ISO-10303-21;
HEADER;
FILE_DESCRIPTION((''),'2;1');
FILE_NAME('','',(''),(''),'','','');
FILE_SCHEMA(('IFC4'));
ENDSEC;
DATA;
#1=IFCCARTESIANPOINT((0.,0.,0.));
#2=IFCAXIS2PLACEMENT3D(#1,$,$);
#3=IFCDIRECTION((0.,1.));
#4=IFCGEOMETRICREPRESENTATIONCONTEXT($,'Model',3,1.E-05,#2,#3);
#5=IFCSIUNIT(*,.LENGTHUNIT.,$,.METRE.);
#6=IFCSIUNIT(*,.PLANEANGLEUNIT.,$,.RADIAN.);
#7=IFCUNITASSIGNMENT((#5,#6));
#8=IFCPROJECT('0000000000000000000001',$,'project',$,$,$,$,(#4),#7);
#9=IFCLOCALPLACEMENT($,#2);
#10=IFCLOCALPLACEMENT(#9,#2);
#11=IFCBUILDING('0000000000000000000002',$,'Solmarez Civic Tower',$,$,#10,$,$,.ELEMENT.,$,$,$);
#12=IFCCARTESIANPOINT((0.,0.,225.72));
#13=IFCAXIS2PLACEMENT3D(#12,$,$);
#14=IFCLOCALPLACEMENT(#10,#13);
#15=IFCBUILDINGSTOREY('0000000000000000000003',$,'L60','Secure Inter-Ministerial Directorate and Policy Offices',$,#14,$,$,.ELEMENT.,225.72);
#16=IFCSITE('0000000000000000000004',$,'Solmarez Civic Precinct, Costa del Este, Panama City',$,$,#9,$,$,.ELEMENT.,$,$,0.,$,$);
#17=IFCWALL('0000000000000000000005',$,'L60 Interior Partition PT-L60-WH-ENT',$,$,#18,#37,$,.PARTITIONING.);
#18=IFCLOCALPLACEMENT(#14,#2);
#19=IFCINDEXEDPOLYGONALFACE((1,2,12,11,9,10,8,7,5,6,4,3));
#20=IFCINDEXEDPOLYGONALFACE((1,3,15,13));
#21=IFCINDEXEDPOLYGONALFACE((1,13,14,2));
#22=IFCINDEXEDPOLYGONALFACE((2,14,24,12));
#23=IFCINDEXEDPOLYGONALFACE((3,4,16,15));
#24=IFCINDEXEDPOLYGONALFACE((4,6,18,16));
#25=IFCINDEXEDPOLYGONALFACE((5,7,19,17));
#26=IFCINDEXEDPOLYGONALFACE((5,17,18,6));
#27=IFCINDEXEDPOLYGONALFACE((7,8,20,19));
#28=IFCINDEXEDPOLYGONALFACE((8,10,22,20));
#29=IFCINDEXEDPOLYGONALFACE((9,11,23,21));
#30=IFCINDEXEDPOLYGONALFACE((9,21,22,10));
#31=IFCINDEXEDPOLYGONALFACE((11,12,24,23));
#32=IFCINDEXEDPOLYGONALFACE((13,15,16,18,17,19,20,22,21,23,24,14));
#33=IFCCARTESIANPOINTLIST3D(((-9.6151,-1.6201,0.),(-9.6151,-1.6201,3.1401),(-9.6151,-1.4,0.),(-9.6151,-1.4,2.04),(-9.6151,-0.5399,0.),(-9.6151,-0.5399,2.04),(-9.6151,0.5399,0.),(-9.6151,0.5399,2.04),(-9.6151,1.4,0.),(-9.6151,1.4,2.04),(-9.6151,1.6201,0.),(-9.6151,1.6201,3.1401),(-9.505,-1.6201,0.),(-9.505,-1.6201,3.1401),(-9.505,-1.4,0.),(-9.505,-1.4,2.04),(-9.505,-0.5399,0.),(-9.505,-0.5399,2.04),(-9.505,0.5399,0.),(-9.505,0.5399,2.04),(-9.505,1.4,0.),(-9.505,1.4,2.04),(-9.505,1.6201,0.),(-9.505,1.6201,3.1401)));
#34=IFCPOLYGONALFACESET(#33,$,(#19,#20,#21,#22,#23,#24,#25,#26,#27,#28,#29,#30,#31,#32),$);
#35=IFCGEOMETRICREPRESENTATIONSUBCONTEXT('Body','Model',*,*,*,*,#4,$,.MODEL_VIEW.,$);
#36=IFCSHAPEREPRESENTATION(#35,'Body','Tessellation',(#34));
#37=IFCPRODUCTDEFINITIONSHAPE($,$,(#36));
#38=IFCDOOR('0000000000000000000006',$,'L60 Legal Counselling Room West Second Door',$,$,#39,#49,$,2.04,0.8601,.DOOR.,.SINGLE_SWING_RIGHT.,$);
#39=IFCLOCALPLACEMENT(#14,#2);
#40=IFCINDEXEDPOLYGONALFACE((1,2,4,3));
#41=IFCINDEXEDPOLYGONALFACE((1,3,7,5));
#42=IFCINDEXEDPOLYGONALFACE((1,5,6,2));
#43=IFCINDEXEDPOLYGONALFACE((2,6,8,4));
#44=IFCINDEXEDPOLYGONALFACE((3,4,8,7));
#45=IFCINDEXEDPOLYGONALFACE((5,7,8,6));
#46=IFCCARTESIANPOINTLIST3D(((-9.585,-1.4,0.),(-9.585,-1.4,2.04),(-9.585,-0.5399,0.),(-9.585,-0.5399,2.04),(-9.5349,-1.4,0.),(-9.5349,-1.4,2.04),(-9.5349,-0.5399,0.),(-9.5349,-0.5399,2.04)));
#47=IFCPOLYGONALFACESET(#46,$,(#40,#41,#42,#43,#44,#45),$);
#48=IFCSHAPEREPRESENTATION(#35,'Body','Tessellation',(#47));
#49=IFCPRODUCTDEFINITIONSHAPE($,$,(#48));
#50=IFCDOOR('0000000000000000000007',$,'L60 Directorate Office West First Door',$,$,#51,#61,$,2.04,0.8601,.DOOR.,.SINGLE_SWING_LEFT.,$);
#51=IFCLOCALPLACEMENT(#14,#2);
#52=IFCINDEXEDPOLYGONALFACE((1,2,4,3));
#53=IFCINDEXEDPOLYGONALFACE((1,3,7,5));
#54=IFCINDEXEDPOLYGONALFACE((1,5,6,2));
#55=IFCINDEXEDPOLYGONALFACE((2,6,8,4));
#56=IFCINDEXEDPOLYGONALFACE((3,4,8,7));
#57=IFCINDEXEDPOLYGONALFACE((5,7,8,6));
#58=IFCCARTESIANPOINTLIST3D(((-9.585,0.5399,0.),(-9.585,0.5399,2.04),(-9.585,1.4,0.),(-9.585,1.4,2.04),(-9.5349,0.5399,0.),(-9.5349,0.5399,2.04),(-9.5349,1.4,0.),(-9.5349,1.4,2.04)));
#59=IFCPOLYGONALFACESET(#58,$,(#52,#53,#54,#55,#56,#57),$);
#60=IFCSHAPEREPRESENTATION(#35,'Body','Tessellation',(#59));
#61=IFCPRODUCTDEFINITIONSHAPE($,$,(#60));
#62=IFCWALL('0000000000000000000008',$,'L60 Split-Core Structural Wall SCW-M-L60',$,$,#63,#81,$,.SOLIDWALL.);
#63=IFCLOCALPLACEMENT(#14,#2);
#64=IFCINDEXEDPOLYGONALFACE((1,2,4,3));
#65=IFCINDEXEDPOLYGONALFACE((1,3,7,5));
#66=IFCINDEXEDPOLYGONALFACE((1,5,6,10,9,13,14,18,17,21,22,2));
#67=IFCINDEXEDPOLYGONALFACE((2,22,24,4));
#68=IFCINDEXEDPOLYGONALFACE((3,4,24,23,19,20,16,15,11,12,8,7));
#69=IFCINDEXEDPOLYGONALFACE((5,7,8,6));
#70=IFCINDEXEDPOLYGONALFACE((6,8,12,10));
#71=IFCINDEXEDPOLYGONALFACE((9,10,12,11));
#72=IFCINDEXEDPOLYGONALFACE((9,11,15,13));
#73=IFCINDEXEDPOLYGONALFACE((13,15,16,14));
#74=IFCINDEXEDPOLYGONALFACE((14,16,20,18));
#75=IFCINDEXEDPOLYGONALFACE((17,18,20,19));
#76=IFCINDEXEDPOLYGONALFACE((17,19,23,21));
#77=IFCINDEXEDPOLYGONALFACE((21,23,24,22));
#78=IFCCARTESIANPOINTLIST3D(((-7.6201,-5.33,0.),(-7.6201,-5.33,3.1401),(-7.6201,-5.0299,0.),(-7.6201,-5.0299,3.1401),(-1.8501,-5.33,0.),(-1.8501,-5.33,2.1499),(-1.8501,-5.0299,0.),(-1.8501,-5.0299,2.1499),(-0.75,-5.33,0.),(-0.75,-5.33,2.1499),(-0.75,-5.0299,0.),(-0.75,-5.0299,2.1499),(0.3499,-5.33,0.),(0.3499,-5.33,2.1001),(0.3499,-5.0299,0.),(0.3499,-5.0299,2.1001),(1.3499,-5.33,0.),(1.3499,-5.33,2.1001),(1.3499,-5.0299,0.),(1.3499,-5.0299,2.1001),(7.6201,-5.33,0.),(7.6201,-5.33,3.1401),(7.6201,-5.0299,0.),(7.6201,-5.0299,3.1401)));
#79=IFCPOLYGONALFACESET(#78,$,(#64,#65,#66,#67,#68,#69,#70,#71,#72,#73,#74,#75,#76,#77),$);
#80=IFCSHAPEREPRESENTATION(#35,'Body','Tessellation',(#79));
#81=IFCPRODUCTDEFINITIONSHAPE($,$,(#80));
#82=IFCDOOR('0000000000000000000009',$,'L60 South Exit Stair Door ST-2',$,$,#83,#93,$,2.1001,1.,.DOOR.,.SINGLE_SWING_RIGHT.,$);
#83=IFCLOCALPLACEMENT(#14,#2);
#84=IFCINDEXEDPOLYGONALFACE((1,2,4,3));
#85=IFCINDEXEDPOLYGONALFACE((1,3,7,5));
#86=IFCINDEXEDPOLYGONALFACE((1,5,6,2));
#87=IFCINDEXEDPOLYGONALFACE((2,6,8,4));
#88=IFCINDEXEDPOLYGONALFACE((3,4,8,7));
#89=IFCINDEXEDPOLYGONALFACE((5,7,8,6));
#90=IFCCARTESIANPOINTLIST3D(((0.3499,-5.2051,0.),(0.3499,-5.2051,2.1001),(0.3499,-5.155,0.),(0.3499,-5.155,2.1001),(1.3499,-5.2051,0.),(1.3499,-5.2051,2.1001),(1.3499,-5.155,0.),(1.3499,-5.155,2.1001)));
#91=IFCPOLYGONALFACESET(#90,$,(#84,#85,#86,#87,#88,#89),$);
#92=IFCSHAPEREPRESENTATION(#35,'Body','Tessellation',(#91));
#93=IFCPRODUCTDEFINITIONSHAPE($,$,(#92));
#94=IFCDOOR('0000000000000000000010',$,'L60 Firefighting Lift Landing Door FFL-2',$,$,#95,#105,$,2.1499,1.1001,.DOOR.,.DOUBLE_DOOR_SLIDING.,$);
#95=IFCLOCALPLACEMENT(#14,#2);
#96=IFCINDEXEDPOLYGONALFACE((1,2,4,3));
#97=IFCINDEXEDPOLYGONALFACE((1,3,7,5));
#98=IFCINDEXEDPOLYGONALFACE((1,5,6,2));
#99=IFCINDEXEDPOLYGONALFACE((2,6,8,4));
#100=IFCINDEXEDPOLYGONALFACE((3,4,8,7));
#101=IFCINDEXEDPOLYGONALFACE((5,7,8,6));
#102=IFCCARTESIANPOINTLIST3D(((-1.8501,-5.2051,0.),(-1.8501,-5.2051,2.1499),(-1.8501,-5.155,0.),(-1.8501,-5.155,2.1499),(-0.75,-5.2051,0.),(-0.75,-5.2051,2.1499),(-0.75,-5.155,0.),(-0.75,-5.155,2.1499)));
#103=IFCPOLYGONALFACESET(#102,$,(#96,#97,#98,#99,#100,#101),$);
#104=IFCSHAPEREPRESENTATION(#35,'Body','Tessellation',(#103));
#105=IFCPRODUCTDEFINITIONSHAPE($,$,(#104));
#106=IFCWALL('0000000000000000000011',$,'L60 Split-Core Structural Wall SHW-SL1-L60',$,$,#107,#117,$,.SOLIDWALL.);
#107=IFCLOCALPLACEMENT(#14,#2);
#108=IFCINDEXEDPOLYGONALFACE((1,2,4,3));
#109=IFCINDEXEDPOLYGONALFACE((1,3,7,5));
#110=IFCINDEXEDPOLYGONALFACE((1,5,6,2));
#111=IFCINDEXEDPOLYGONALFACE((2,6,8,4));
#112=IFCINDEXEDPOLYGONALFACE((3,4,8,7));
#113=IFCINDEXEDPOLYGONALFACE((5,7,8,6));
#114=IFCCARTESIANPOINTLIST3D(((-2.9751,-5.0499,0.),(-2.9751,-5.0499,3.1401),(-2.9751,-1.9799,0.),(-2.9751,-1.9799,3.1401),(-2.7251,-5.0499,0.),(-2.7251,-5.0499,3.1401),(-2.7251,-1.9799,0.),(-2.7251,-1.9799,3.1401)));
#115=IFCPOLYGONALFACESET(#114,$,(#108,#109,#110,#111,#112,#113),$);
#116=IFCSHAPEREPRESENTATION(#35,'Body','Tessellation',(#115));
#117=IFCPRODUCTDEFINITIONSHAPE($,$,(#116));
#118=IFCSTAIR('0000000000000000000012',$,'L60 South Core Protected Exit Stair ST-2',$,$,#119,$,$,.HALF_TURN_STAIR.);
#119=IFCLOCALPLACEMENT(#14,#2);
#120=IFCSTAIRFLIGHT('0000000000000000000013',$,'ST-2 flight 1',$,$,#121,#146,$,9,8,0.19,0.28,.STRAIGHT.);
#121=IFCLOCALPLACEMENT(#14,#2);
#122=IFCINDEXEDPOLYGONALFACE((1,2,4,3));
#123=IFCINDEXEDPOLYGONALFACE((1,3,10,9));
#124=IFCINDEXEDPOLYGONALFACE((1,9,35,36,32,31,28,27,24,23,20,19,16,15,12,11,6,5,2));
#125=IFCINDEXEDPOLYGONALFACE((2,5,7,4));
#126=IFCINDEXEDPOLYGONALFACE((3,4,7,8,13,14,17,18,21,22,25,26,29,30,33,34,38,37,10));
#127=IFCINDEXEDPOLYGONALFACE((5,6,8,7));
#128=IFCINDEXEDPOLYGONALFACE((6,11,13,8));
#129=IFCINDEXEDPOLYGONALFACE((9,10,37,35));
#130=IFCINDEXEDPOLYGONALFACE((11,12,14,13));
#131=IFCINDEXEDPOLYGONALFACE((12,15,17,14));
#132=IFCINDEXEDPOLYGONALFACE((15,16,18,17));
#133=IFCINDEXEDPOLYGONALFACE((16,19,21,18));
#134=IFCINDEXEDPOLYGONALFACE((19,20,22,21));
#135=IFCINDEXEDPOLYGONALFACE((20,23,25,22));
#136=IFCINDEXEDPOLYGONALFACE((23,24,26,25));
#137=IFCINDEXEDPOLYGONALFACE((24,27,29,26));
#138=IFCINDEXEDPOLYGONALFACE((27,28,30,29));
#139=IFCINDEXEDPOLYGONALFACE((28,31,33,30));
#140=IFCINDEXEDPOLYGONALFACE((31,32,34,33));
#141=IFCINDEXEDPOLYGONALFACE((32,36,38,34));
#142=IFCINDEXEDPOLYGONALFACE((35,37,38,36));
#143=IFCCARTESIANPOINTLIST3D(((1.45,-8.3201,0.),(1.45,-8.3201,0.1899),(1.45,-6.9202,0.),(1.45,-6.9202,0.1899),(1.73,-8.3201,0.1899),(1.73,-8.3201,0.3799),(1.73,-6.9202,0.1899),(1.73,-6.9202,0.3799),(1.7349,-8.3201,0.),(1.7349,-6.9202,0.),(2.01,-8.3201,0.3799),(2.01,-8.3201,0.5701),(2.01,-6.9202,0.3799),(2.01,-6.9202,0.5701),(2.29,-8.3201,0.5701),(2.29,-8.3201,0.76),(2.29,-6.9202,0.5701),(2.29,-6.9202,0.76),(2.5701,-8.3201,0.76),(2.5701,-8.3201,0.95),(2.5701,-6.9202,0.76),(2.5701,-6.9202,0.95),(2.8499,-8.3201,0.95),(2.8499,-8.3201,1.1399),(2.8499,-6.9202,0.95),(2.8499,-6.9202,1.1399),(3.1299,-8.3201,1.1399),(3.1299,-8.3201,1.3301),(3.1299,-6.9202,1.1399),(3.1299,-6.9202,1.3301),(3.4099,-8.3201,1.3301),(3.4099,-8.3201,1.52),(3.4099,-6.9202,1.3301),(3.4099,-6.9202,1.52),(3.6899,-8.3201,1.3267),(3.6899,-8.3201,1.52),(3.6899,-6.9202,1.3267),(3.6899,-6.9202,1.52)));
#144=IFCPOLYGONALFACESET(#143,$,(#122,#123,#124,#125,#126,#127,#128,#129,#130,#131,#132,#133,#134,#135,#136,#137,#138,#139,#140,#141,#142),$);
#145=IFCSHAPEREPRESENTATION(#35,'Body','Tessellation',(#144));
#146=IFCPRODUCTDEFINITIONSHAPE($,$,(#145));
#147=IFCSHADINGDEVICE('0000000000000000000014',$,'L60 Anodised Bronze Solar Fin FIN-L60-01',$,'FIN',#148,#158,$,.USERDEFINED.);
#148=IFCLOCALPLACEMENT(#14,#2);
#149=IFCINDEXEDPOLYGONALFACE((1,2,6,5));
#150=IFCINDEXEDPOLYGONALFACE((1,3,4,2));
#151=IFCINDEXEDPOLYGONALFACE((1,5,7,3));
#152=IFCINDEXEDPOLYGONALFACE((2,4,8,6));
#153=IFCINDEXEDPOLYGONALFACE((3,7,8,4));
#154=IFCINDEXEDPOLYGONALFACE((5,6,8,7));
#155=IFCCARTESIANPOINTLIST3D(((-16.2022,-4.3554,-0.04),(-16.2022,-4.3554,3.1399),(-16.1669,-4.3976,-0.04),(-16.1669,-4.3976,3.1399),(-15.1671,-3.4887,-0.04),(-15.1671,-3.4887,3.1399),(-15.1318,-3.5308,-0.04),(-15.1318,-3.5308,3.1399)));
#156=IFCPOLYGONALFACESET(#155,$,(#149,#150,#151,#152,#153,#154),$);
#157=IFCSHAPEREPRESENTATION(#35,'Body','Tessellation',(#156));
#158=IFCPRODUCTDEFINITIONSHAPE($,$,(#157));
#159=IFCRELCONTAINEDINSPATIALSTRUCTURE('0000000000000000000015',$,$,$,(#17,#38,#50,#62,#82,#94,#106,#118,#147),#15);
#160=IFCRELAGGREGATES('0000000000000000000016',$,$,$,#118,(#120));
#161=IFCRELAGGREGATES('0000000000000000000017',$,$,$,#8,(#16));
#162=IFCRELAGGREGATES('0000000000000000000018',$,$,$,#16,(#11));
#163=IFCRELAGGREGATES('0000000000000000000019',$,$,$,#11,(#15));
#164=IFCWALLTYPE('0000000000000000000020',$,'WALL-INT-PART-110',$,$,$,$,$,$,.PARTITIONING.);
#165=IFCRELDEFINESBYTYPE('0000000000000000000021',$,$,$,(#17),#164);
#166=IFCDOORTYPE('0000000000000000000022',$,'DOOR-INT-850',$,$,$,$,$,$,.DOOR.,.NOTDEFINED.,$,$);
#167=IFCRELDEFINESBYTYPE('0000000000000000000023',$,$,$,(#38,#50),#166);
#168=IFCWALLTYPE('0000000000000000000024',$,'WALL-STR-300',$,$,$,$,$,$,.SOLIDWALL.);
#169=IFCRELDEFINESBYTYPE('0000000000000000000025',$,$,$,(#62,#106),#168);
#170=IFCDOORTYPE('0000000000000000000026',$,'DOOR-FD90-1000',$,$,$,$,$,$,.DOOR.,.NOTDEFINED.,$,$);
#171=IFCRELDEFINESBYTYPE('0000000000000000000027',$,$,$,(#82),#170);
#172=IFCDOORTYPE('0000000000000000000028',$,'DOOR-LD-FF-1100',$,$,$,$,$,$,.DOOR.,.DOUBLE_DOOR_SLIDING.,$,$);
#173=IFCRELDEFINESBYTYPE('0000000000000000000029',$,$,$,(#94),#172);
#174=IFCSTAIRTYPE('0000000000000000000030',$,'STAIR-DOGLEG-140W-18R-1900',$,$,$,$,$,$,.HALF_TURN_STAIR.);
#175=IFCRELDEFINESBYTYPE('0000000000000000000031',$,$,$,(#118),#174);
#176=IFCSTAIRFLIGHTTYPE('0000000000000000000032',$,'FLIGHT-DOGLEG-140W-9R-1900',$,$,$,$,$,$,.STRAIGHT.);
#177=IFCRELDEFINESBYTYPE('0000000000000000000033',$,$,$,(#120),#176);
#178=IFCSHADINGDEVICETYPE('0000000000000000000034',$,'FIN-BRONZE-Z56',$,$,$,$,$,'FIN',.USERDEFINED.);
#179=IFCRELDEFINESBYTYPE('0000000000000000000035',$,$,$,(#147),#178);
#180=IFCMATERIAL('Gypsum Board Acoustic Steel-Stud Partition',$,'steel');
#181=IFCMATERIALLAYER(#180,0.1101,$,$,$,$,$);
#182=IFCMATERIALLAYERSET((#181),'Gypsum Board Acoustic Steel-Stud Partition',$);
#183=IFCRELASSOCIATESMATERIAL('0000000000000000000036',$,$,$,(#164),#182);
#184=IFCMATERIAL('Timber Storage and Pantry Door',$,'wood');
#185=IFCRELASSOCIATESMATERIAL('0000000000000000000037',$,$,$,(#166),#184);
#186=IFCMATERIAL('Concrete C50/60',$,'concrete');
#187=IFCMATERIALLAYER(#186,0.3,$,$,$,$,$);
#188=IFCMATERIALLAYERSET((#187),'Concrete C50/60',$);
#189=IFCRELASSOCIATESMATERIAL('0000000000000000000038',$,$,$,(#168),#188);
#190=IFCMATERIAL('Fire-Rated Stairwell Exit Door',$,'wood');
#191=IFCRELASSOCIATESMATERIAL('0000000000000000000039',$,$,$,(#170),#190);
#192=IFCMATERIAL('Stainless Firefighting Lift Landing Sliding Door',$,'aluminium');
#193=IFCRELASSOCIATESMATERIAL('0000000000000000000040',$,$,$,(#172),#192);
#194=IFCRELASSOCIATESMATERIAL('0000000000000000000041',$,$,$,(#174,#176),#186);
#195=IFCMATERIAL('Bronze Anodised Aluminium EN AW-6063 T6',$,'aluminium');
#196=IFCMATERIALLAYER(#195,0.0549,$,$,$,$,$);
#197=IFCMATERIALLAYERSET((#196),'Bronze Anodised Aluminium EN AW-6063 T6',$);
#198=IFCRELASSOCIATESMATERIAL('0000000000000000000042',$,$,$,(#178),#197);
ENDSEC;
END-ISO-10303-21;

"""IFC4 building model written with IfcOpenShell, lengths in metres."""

from ifc_helpers import new_model, si_unit, direction, frame, frame_2d, origin, origin_2d, place, context, subcontext, project, spatial, polyline, rectangle, outline, extrude, material, layer, layer_set, type_object, element, fill, aggregate, save


model = new_model("IFC4")

# Units and contexts
model_context = context("Model", 3, precision=1e-05, world=origin(), true_north=direction((0.0, 1.0)))
body_context = subcontext(model_context, "Body", "Model", "MODEL_VIEW")
ifc_project = project(units=[si_unit("LENGTHUNIT", "METRE"), si_unit("PLANEANGLEUNIT", "RADIAN")], contexts=[model_context])

# Site, building, storey
site_placement = place(None, origin())
site = spatial("IfcSite", under=ifc_project, at=site_placement, Name="Solmarez Civic Precinct, Costa del Este, Panama City", CompositionType="ELEMENT", RefElevation=0.0)
building_placement = place(site_placement, origin())
building = spatial("IfcBuilding", under=site, at=building_placement, Name="Solmarez Civic Tower", CompositionType="ELEMENT")
storey_placement = place(building_placement, frame((0.0, 0.0, 225.72)))
storey = spatial("IfcBuildingStorey", under=building, at=storey_placement, Name="L60", Description="Secure Inter-Ministerial Directorate and Policy Offices", CompositionType="ELEMENT", Elevation=225.72)

# Shared definitions
ifc_material_1 = material(Name="Concrete C50/60", Category="concrete")

# Shared definitions
ifc_material_2 = material(Name="Gypsum Board Acoustic Steel-Stud Partition", Category="steel")

# Walls, openings, doors
ifc_layer_1 = layer(ifc_material_2, 0.1101)
ifc_layer_set_1 = layer_set([ifc_layer_1], Name="Gypsum Board Acoustic Steel-Stud Partition")
wall_type_1 = type_object("IfcWallType", Name="WALL-INT-PART-110", PredefinedType="PARTITIONING", material=ifc_layer_set_1)
wall_1_placement = place(storey_placement, frame((-9.5601, -1.6201, 0.0), z_axis=(0.0, 0.0, 1.0), x_axis=(0.0, 1.0, 0.0)))
wall_1 = element("IfcWall", 1, at=wall_1_placement, inside=storey, type_object=wall_type_1, Name="L60 Interior Partition PT-L60-WH-ENT", PredefinedType="PARTITIONING", context=body_context, shape_type="SweptSolid", body=[
    extrude(rectangle(XDim=3.2402, YDim=0.1101, at=frame_2d((1.6201, 0.0))), origin(), (0.0, 0.0, 1.0), 3.1401),
])
opening_1_placement = place(wall_1_placement, frame((0.22, 0.0, 0.0)))
opening_1 = element("IfcOpeningElement", 2, at=opening_1_placement, cuts=wall_1, PredefinedType="OPENING", context=body_context, shape_type="SweptSolid", body=[
    extrude(rectangle(XDim=0.8601, YDim=2.04, at=frame_2d((0.4302, 1.02))), frame((0.0, 0.0649, 0.0), z_axis=(0.0, -1.0, 0.0), x_axis=(1.0, 0.0, 0.0)), (0.0, 0.0, 1.0), 0.1301),
])
opening_2_placement = place(wall_1_placement, frame((2.1599, 0.0, 0.0)))
opening_2 = element("IfcOpeningElement", 3, at=opening_2_placement, cuts=wall_1, PredefinedType="OPENING", context=body_context, shape_type="SweptSolid", body=[
    extrude(rectangle(XDim=0.8601, YDim=2.04, at=frame_2d((0.4302, 1.02))), frame((0.0, 0.0649, 0.0), z_axis=(0.0, -1.0, 0.0), x_axis=(1.0, 0.0, 0.0)), (0.0, 0.0, 1.0), 0.1301),
])
ifc_material_3 = material(Name="Timber Storage and Pantry Door", Category="wood")
door_type_1 = type_object("IfcDoorType", Name="DOOR-INT-850", OperationType="NOTDEFINED", PredefinedType="DOOR", material=ifc_material_3)
door_1_placement = place(opening_1_placement, origin())
door_1 = element("IfcDoor", 4, at=door_1_placement, inside=storey, type_object=door_type_1, Name="L60 Legal Counselling Room West Second Door", OperationType="SINGLE_SWING_RIGHT", OverallHeight=2.04, OverallWidth=0.8601, PredefinedType="DOOR", context=body_context, shape_type="SweptSolid", body=[
    extrude(rectangle(XDim=0.8601, YDim=2.04, at=frame_2d((0.4302, 1.02))), frame((0.0, 0.0249, 0.0), z_axis=(0.0, -1.0, 0.0), x_axis=(1.0, 0.0, 0.0)), (0.0, 0.0, 1.0), 0.05),
])
fill(opening_1, door_1)
door_2_placement = place(opening_2_placement, origin())
door_2 = element("IfcDoor", 5, at=door_2_placement, inside=storey, type_object=door_type_1, Name="L60 Directorate Office West First Door", OperationType="SINGLE_SWING_LEFT", OverallHeight=2.04, OverallWidth=0.8601, PredefinedType="DOOR", context=body_context, shape_type="SweptSolid", body=[
    extrude(rectangle(XDim=0.8601, YDim=2.04, at=frame_2d((0.4302, 1.02))), frame((0.0, 0.0249, 0.0), z_axis=(0.0, -1.0, 0.0), x_axis=(1.0, 0.0, 0.0)), (0.0, 0.0, 1.0), 0.05),
])
fill(opening_2, door_2)
ifc_layer_2 = layer(ifc_material_1, 0.3)
ifc_layer_set_2 = layer_set([ifc_layer_2], Name="Concrete C50/60")
wall_type_2 = type_object("IfcWallType", Name="WALL-STR-300", PredefinedType="SOLIDWALL", material=ifc_layer_set_2)
wall_2_placement = place(storey_placement, frame((-7.6201, -5.1799, 0.0), z_axis=(0.0, 0.0, 1.0), x_axis=(1.0, 0.0, 0.0)))
wall_2 = element("IfcWall", 6, at=wall_2_placement, inside=storey, type_object=wall_type_2, Name="L60 Split-Core Structural Wall SCW-M-L60", PredefinedType="SOLIDWALL", context=body_context, shape_type="SweptSolid", body=[
    extrude(rectangle(XDim=15.2402, YDim=0.3, at=frame_2d((7.6201, 0.0))), origin(), (0.0, 0.0, 1.0), 3.1401),
])
opening_3_placement = place(wall_2_placement, frame((5.77, 0.0, 0.0)))
opening_3 = element("IfcOpeningElement", 7, at=opening_3_placement, cuts=wall_2, PredefinedType="OPENING", context=body_context, shape_type="SweptSolid", body=[
    extrude(rectangle(XDim=1.1001, YDim=2.1499, at=frame_2d((0.55, 1.075))), frame((0.0, 0.1599, 0.0), z_axis=(0.0, -1.0, 0.0), x_axis=(1.0, 0.0, 0.0)), (0.0, 0.0, 1.0), 0.3201),
])
opening_4_placement = place(wall_2_placement, frame((7.97, 0.0, 0.0)))
opening_4 = element("IfcOpeningElement", 8, at=opening_4_placement, cuts=wall_2, PredefinedType="OPENING", context=body_context, shape_type="SweptSolid", body=[
    extrude(rectangle(XDim=1.0, YDim=2.1001, at=frame_2d((0.5, 1.05))), frame((0.0, 0.1599, 0.0), z_axis=(0.0, -1.0, 0.0), x_axis=(1.0, 0.0, 0.0)), (0.0, 0.0, 1.0), 0.3201),
])
ifc_material_4 = material(Name="Fire-Rated Stairwell Exit Door", Category="wood")
door_type_2 = type_object("IfcDoorType", Name="DOOR-FD90-1000", OperationType="NOTDEFINED", PredefinedType="DOOR", material=ifc_material_4)
door_3_placement = place(opening_4_placement, origin())
door_3 = element("IfcDoor", 9, at=door_3_placement, inside=storey, type_object=door_type_2, Name="L60 South Exit Stair Door ST-2", OperationType="SINGLE_SWING_RIGHT", OverallHeight=2.1001, OverallWidth=1.0, PredefinedType="DOOR", context=body_context, shape_type="SweptSolid", body=[
    extrude(rectangle(XDim=1.0, YDim=2.1001, at=frame_2d((0.5, 1.05))), frame((0.0, 0.0249, 0.0), z_axis=(0.0, -1.0, 0.0), x_axis=(1.0, 0.0, 0.0)), (0.0, 0.0, 1.0), 0.05),
])
fill(opening_4, door_3)
ifc_material_5 = material(Name="Stainless Firefighting Lift Landing Sliding Door", Category="aluminium")
door_type_3 = type_object("IfcDoorType", Name="DOOR-LD-FF-1100", OperationType="DOUBLE_DOOR_SLIDING", PredefinedType="DOOR", material=ifc_material_5)
door_4_placement = place(opening_3_placement, origin())
door_4 = element("IfcDoor", 10, at=door_4_placement, inside=storey, type_object=door_type_3, Name="L60 Firefighting Lift Landing Door FFL-2", OperationType="DOUBLE_DOOR_SLIDING", OverallHeight=2.1499, OverallWidth=1.1001, PredefinedType="DOOR", context=body_context, shape_type="SweptSolid", body=[
    extrude(rectangle(XDim=1.1001, YDim=2.1499, at=frame_2d((0.55, 1.075))), frame((0.0, 0.0249, 0.0), z_axis=(0.0, -1.0, 0.0), x_axis=(1.0, 0.0, 0.0)), (0.0, 0.0, 1.0), 0.05),
])
fill(opening_3, door_4)

# Wall
wall_3_placement = place(storey_placement, frame((-2.8501, -5.05, 0.0), z_axis=(0.0, 0.0, 1.0), x_axis=(0.0, 1.0, 0.0)))
element("IfcWall", 11, at=wall_3_placement, inside=storey, type_object=wall_type_2, Name="L60 Split-Core Structural Wall SHW-SL1-L60", PredefinedType="SOLIDWALL", context=body_context, shape_type="SweptSolid", body=[
    extrude(rectangle(XDim=3.0701, YDim=0.25, at=frame_2d((1.5352, 0.0))), origin(), (0.0, 0.0, 1.0), 3.1401),
])

# Stair, stair flight
stair_type = type_object("IfcStairType", Name="STAIR-DOGLEG-140W-18R-1900", PredefinedType="HALF_TURN_STAIR", material=ifc_material_1)
stair_placement = place(storey_placement, origin())
stair = element("IfcStair", 12, at=stair_placement, inside=storey, type_object=stair_type, Name="L60 South Core Protected Exit Stair ST-2", PredefinedType="HALF_TURN_STAIR")
stair_flight_type = type_object("IfcStairFlightType", Name="FLIGHT-DOGLEG-140W-9R-1900", PredefinedType="STRAIGHT", material=ifc_material_1)
stair_flight_placement = place(storey_placement, frame((1.45, -7.6201, 0.0), z_axis=(0.0, 0.0, 1.0), x_axis=(1.0, 0.0, 0.0)))
stair_flight = element("IfcStairFlight", 13, at=stair_flight_placement, type_object=stair_flight_type, Name="ST-2 flight 1", NumberOfRisers=9, NumberOfTreads=8, PredefinedType="STRAIGHT", RiserHeight=0.19, TreadLength=0.28, context=body_context, shape_type="SweptSolid", body=[
    extrude(outline(polyline([(0.0, 0.0), (0.0, 0.1899), (0.28, 0.1899), (0.28, 0.3799), (0.5601, 0.3799), (0.5601, 0.5701), (0.8401, 0.5701), (0.8401, 0.76), (1.1201, 0.76), (1.1201, 0.95), (1.3999, 0.95), (1.3999, 1.1399), (1.6799, 1.1399), (1.6799, 1.3301), (1.96, 1.3301), (1.96, 1.52), (2.24, 1.52), (2.24, 1.71), (2.24, 1.3267), (0.2849, 0.0), (0.0, 0.0)])), frame((0.0, 0.7, 0.0), z_axis=(0.0, -1.0, 0.0), x_axis=(1.0, 0.0, 0.0)), (0.0, 0.0, 1.0), 1.3999),
])
aggregate(stair, [stair_flight])

# Shading device
ifc_material_6 = material(Name="Bronze Anodised Aluminium EN AW-6063 T6", Category="aluminium")
ifc_layer_3 = layer(ifc_material_6, 0.0549)
ifc_layer_set_3 = layer_set([ifc_layer_3], Name="Bronze Anodised Aluminium EN AW-6063 T6")
shading_device_type = type_object("IfcShadingDeviceType", Name="FIN-BRONZE-Z56", ElementType="FIN", PredefinedType="USERDEFINED", material=ifc_layer_set_3)
shading_device_placement = place(storey_placement, frame((-15.667, -3.9431, -0.04), z_axis=(0.0, 0.0, 1.0), x_axis=(-0.766706, -0.641998, 0.0)))
element("IfcShadingDevice", 14, at=shading_device_placement, inside=storey, type_object=shading_device_type, Name="L60 Anodised Bronze Solar Fin FIN-L60-01", ObjectType="FIN", PredefinedType="USERDEFINED", context=body_context, shape_type="SweptSolid", body=[
    extrude(rectangle(XDim=1.3501, YDim=0.0549, at=origin_2d()), origin(), (0.0, 0.0, 1.0), 3.1799),
])

save(model, "model.ifc")
